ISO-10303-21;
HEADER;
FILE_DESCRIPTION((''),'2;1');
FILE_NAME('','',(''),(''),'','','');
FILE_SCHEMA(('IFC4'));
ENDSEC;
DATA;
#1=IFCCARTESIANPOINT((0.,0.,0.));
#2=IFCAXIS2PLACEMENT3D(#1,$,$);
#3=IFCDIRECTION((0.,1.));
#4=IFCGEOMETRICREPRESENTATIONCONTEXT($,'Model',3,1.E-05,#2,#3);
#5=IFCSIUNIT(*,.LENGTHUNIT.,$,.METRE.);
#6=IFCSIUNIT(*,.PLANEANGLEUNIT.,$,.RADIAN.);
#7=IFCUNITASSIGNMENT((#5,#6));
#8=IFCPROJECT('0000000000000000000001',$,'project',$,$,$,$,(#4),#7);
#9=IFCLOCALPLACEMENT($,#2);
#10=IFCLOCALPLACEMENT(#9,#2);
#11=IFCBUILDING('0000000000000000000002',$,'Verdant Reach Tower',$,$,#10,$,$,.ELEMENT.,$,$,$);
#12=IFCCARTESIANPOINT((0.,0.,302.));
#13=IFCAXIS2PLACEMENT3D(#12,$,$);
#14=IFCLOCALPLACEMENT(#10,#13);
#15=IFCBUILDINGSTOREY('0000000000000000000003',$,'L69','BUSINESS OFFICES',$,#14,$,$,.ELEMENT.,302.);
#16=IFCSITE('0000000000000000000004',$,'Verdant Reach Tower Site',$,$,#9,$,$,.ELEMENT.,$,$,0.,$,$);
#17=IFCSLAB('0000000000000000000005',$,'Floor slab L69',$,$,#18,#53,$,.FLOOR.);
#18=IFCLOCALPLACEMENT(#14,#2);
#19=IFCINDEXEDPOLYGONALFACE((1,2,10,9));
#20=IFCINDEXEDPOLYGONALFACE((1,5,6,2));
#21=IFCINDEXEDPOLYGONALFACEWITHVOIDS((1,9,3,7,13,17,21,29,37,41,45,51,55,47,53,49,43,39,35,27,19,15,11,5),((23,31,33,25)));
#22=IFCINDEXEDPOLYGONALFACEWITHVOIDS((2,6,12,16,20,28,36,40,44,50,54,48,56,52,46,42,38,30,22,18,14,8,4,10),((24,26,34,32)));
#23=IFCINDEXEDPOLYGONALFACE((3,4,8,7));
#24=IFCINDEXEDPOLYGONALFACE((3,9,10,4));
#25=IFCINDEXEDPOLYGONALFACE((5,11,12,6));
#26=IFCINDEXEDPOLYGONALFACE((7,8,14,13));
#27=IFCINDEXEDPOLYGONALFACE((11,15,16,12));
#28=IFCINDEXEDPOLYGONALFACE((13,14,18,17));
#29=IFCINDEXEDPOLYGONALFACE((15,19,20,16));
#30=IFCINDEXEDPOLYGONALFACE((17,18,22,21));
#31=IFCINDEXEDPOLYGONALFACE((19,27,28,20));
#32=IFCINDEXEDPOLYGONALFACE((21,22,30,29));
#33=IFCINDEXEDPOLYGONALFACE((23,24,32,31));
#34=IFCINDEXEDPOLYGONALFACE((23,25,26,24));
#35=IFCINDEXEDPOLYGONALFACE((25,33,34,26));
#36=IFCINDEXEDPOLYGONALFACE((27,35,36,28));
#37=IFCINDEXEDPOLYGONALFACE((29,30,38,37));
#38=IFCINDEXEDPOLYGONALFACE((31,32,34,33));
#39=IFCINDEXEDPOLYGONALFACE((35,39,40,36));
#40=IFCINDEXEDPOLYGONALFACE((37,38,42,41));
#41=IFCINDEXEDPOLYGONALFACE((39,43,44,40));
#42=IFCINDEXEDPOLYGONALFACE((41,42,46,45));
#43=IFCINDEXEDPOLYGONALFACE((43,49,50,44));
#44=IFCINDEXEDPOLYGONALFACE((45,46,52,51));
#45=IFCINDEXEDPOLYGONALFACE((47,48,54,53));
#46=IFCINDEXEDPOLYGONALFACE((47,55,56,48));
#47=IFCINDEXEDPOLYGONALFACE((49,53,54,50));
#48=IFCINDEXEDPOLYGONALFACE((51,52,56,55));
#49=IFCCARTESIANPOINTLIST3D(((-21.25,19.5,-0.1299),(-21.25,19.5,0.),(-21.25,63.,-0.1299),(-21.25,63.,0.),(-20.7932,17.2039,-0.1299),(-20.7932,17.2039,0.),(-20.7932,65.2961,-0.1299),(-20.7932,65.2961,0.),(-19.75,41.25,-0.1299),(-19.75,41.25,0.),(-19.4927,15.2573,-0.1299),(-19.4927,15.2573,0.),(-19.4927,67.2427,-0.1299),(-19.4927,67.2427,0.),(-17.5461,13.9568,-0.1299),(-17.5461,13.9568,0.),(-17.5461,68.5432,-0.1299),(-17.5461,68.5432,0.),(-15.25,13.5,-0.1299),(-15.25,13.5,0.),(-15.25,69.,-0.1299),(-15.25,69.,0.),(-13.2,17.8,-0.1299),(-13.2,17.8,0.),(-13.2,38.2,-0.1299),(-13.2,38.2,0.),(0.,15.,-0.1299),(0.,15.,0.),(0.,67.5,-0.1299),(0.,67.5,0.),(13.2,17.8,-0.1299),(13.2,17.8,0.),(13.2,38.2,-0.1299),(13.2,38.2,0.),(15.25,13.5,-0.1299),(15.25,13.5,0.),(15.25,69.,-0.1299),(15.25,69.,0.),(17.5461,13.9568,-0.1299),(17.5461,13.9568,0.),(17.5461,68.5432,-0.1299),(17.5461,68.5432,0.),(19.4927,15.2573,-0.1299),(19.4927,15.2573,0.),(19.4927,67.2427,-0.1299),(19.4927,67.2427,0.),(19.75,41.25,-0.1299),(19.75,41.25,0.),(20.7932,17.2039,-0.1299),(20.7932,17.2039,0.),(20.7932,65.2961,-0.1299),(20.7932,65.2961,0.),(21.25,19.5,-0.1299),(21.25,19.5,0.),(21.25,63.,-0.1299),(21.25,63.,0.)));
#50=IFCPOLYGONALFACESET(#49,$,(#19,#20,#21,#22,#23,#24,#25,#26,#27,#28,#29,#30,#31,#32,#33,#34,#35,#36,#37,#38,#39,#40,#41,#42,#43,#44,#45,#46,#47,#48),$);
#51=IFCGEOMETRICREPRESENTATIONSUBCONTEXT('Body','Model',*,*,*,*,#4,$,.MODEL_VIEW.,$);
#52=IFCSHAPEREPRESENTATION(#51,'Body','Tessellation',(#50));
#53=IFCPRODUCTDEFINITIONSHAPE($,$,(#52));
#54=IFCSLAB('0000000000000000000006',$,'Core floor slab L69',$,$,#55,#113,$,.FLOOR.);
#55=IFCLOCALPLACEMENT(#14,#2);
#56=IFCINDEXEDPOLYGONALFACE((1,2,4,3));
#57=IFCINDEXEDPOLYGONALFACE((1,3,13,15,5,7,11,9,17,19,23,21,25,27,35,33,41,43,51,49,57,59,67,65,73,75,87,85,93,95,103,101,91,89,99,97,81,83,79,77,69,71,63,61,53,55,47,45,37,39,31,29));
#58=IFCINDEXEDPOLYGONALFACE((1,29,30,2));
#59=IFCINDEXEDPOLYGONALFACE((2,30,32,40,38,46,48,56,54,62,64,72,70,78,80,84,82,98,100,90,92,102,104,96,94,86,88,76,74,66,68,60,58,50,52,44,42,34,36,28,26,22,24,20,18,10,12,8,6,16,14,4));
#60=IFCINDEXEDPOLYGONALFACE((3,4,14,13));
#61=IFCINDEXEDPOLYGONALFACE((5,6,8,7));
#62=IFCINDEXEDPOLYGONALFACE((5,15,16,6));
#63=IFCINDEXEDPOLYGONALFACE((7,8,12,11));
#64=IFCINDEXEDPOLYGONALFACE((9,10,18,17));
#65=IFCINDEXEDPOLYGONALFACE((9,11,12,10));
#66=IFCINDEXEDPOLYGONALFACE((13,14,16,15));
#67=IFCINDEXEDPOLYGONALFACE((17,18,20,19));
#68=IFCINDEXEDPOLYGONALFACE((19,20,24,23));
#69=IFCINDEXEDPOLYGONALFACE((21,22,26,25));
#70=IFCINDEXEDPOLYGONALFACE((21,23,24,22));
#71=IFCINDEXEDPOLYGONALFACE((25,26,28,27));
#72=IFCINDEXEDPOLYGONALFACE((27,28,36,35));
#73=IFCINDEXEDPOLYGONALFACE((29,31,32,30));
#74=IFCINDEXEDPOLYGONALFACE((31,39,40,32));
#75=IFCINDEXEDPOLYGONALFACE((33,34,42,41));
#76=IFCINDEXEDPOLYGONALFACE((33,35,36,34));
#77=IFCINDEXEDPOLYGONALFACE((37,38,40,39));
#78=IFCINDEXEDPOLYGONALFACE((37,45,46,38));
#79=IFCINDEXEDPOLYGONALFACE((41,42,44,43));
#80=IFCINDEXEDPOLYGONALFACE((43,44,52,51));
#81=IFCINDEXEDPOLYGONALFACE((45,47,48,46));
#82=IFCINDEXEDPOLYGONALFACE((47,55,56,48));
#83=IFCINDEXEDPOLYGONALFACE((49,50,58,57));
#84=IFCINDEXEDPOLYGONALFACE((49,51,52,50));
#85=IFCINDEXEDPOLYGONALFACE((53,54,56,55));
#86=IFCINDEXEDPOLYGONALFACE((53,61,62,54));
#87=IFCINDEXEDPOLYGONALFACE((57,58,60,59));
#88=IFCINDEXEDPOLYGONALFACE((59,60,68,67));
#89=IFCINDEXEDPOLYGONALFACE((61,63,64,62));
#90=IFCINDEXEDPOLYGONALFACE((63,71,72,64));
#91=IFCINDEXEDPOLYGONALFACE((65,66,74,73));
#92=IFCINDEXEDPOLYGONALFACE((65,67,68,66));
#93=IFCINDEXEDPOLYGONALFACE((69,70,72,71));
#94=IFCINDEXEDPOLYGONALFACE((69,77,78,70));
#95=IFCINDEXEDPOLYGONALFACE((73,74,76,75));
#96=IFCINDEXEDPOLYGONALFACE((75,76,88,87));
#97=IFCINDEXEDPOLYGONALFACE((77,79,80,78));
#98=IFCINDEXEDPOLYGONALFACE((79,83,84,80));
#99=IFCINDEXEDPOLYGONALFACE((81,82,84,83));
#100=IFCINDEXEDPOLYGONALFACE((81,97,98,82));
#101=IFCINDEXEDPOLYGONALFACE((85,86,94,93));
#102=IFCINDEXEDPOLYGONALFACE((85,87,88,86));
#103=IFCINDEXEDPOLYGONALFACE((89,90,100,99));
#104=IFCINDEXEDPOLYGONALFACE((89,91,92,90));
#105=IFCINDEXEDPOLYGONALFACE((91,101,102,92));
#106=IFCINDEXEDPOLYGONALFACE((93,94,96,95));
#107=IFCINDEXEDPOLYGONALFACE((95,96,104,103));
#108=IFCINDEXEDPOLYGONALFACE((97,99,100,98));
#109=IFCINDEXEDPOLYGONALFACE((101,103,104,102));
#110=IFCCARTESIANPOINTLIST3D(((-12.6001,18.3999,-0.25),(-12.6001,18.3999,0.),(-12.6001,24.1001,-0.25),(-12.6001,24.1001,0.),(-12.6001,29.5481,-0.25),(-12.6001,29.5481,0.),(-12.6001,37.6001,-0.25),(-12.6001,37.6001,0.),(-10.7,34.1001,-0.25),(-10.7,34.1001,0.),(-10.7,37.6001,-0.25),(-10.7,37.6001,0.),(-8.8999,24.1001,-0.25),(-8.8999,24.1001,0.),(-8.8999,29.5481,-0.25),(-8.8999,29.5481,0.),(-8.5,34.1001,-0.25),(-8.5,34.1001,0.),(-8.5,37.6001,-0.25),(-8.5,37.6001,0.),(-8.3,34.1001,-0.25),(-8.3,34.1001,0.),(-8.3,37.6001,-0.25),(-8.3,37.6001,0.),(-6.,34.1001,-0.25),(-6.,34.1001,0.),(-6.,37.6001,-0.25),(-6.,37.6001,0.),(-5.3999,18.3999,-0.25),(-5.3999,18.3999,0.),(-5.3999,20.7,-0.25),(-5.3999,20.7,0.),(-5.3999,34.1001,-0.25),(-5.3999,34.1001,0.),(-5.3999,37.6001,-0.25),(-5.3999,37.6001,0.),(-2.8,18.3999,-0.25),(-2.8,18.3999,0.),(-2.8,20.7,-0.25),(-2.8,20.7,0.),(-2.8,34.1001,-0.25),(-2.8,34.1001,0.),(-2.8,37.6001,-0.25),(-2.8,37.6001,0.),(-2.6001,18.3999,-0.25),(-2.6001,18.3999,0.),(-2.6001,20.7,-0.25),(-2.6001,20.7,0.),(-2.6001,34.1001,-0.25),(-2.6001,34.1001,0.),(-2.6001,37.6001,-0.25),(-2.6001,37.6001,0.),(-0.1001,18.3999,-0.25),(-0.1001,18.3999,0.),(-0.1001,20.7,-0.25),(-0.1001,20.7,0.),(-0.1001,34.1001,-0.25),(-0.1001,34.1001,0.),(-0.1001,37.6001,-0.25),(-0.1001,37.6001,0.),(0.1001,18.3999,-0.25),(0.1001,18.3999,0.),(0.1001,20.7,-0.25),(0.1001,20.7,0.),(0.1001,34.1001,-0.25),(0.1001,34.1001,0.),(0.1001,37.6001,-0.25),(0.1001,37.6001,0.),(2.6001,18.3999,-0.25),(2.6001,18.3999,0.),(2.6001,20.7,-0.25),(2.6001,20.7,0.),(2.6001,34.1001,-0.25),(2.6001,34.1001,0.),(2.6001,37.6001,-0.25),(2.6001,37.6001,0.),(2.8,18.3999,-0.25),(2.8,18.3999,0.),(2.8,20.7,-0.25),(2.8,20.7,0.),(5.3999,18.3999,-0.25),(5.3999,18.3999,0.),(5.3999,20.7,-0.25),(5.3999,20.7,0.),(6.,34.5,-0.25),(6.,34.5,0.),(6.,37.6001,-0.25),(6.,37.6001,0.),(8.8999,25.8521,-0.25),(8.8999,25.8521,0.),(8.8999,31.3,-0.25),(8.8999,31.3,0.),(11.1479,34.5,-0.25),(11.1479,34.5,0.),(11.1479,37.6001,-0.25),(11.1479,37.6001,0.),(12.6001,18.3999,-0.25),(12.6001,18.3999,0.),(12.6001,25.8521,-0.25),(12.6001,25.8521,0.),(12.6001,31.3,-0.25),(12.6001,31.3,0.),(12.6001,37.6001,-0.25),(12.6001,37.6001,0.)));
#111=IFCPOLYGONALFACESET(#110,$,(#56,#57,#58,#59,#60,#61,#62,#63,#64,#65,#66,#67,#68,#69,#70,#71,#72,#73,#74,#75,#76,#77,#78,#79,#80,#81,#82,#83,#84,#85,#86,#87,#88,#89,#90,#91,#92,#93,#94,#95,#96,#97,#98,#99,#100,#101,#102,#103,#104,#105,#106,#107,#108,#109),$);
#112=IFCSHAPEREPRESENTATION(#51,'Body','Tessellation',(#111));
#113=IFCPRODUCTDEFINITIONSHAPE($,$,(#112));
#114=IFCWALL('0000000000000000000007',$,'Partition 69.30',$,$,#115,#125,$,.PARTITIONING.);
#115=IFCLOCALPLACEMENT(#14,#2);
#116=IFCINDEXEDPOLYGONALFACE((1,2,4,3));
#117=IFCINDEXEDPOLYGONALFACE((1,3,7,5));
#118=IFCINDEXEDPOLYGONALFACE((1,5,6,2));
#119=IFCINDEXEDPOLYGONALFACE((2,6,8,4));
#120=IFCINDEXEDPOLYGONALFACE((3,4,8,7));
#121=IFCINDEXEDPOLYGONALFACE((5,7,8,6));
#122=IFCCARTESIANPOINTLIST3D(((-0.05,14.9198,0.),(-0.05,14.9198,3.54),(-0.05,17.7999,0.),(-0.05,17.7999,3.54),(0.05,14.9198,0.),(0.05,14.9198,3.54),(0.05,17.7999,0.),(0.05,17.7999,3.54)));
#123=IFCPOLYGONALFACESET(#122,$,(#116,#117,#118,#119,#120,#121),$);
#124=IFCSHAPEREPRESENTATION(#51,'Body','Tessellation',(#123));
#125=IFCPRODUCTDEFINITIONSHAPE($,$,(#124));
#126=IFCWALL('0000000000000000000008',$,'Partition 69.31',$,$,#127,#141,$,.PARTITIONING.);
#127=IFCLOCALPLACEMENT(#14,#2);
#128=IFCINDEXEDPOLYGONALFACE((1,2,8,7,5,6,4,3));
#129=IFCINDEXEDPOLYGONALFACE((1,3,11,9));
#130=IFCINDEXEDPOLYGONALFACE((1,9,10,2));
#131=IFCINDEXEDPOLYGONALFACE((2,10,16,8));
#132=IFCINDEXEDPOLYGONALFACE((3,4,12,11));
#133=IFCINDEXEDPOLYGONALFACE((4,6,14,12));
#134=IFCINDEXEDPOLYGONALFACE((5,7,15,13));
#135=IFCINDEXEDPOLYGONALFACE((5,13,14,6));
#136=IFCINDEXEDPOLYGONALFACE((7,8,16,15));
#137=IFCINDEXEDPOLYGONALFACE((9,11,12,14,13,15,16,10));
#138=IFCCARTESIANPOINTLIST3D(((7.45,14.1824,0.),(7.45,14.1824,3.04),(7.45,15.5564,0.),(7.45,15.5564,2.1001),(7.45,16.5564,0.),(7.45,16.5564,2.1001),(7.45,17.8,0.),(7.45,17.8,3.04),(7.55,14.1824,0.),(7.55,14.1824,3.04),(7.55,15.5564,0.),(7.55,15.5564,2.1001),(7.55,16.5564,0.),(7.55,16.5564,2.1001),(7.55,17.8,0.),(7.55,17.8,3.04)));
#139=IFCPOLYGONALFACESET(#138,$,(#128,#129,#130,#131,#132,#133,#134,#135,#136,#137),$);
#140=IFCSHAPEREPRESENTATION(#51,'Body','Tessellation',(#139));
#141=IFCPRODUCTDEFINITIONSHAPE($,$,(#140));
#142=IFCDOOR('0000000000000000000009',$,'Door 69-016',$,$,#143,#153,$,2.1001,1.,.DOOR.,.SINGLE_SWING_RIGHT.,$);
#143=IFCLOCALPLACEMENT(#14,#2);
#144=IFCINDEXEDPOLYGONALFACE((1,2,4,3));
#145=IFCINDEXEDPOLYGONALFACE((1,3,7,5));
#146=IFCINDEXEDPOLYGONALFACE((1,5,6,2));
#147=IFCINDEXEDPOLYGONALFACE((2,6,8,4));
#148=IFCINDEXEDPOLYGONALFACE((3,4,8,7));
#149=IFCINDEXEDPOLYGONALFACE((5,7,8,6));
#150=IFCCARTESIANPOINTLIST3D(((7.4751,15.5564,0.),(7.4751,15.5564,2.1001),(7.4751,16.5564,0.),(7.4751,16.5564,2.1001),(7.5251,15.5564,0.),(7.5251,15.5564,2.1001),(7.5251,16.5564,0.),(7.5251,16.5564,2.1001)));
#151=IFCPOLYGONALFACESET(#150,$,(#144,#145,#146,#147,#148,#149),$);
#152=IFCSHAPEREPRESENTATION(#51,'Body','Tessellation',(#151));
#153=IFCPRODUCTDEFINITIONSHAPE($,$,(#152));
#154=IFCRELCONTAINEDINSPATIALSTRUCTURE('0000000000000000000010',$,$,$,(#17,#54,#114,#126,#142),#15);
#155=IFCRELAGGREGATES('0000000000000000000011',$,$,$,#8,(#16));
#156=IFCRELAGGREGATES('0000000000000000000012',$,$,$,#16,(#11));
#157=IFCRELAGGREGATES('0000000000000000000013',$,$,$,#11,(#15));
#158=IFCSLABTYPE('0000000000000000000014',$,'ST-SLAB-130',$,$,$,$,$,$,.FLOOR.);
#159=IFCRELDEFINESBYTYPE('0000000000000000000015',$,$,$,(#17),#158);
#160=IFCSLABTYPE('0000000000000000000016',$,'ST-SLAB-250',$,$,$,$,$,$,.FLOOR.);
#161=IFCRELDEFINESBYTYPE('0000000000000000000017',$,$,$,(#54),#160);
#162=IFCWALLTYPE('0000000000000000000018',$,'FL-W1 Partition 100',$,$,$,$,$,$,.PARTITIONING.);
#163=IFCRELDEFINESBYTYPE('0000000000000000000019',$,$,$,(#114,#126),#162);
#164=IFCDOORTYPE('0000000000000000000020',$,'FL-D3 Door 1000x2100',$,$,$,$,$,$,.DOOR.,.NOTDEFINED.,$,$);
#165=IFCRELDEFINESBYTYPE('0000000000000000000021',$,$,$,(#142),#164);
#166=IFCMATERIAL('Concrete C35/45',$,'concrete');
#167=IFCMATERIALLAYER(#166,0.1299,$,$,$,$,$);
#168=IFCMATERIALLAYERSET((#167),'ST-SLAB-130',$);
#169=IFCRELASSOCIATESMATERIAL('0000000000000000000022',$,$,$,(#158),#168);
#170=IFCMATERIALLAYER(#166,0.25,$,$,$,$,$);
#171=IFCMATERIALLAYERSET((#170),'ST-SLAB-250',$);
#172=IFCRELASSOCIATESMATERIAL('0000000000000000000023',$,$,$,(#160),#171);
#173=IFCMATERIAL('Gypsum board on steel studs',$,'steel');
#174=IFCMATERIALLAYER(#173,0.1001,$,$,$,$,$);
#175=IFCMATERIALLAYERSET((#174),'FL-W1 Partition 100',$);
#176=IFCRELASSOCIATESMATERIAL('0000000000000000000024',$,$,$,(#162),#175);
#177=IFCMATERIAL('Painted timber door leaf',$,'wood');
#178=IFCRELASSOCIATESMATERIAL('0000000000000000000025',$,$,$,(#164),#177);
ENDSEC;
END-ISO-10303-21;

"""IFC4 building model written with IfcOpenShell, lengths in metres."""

from ifc_helpers import new_model, si_unit, direction, frame, frame_2d, origin, place, context, subcontext, project, spatial, polyline, rectangle, outline, extrude, material, layer, layer_set, type_object, element, fill, save


model = new_model("IFC4")

# Units and contexts
model_context = context("Model", 3, precision=1e-05, world=origin(), true_north=direction((0.0, 1.0)))
body_context = subcontext(model_context, "Body", "Model", "MODEL_VIEW")
ifc_project = project(units=[si_unit("LENGTHUNIT", "METRE"), si_unit("PLANEANGLEUNIT", "RADIAN")], contexts=[model_context])

# Site, building, storey
site_placement = place(None, origin())
site = spatial("IfcSite", under=ifc_project, at=site_placement, Name="Verdant Reach Tower Site", CompositionType="ELEMENT", RefElevation=0.0)
building_placement = place(site_placement, origin())
building = spatial("IfcBuilding", under=site, at=building_placement, Name="Verdant Reach Tower", CompositionType="ELEMENT")
storey_placement = place(building_placement, frame((0.0, 0.0, 302.0)))
storey = spatial("IfcBuildingStorey", under=building, at=storey_placement, Name="L69", Description="BUSINESS OFFICES", CompositionType="ELEMENT", Elevation=302.0)

# Slabs
ifc_material_1 = material(Name="Concrete C35/45", Category="concrete")
ifc_layer_1 = layer(ifc_material_1, 0.1299)
ifc_layer_set_1 = layer_set([ifc_layer_1], Name="ST-SLAB-130")
slab_type_1 = type_object("IfcSlabType", Name="ST-SLAB-130", PredefinedType="FLOOR", material=ifc_layer_set_1)
slab_1_placement = place(storey_placement, frame((0.0, 0.0, -0.1299)))
element("IfcSlab", 1, at=slab_1_placement, inside=storey, type_object=slab_type_1, Name="Floor slab L69", PredefinedType="FLOOR", context=body_context, shape_type="SweptSolid", body=[
    extrude(outline(polyline([(0.0, 15.0), (-15.25, 13.5), (-17.5461, 13.9568), (-19.4927, 15.2573), (-20.7932, 17.2039), (-21.25, 19.5), (-19.75, 41.25), (-21.25, 63.0), (-20.7932, 65.2961), (-19.4927, 67.2427), (-17.5461, 68.5432), (-15.25, 69.0), (0.0, 67.5), (15.25, 69.0), (17.5461, 68.5432), (19.4927, 67.2427), (20.7932, 65.2961), (21.25, 63.0), (19.75, 41.25), (21.25, 19.5), (20.7932, 17.2039), (19.4927, 15.2573), (17.5461, 13.9568), (15.25, 13.5), (0.0, 15.0)]), holes=[polyline([(13.2, 38.2), (-13.2, 38.2), (-13.2, 17.8), (13.2, 17.8), (13.2, 38.2)])]), origin(), (0.0, 0.0, 1.0), 0.1299),
])
ifc_layer_2 = layer(ifc_material_1, 0.25)
ifc_layer_set_2 = layer_set([ifc_layer_2], Name="ST-SLAB-250")
slab_type_2 = type_object("IfcSlabType", Name="ST-SLAB-250", PredefinedType="FLOOR", material=ifc_layer_set_2)
slab_2_placement = place(storey_placement, frame((0.0, 0.0, -0.25)))
element("IfcSlab", 2, at=slab_2_placement, inside=storey, type_object=slab_type_2, Name="Core floor slab L69", PredefinedType="FLOOR", context=body_context, shape_type="SweptSolid", body=[
    extrude(outline(polyline([(12.6001, 18.3999), (5.3999, 18.3999), (5.3999, 20.7), (2.8, 20.7), (2.8, 18.3999), (2.6001, 18.3999), (2.6001, 20.7), (0.1001, 20.7), (0.1001, 18.3999), (-0.1001, 18.3999), (-0.1001, 20.7), (-2.6001, 20.7), (-2.6001, 18.3999), (-2.8, 18.3999), (-2.8, 20.7), (-5.3999, 20.7), (-5.3999, 18.3999), (-12.6001, 18.3999), (-12.6001, 24.1001), (-8.8999, 24.1001), (-8.8999, 29.5481), (-12.6001, 29.5481), (-12.6001, 37.6001), (-10.7, 37.6001), (-10.7, 34.1001), (-8.5, 34.1001), (-8.5, 37.6001), (-8.3, 37.6001), (-8.3, 34.1001), (-6.0, 34.1001), (-6.0, 37.6001), (-5.3999, 37.6001), (-5.3999, 34.1001), (-2.8, 34.1001), (-2.8, 37.6001), (-2.6001, 37.6001), (-2.6001, 34.1001), (-0.1001, 34.1001), (-0.1001, 37.6001), (0.1001, 37.6001), (0.1001, 34.1001), (2.6001, 34.1001), (2.6001, 37.6001), (6.0, 37.6001), (6.0, 34.5), (11.1479, 34.5), (11.1479, 37.6001), (12.6001, 37.6001), (12.6001, 31.3), (8.8999, 31.3), (8.8999, 25.8521), (12.6001, 25.8521), (12.6001, 18.3999)])), origin(), (0.0, 0.0, 1.0), 0.25),
])

# Wall
ifc_material_2 = material(Name="Gypsum board on steel studs", Category="steel")
ifc_layer_3 = layer(ifc_material_2, 0.1001)
ifc_layer_set_3 = layer_set([ifc_layer_3], Name="FL-W1 Partition 100")
wall_type_1 = type_object("IfcWallType", Name="FL-W1 Partition 100", PredefinedType="PARTITIONING", material=ifc_layer_set_3)
wall_1_placement = place(storey_placement, frame((0.0, 14.9199, 0.0), z_axis=(0.0, 0.0, 1.0), x_axis=(0.0, 1.0, 0.0)))
element("IfcWall", 3, at=wall_1_placement, inside=storey, type_object=wall_type_1, Name="Partition 69.30", PredefinedType="PARTITIONING", context=body_context, shape_type="SweptSolid", body=[
    extrude(rectangle(XDim=2.8801, YDim=0.1001, at=frame_2d((1.4399, 0.0))), origin(), (0.0, 0.0, 1.0), 3.54),
])

# Wall, opening, door
wall_2_placement = place(storey_placement, frame((7.5, 14.1824, 0.0), z_axis=(0.0, 0.0, 1.0), x_axis=(0.0, 1.0, 0.0)))
wall_2 = element("IfcWall", 4, at=wall_2_placement, inside=storey, type_object=wall_type_1, Name="Partition 69.31", PredefinedType="PARTITIONING", context=body_context, shape_type="SweptSolid", body=[
    extrude(rectangle(XDim=3.6177, YDim=0.1001, at=frame_2d((1.8088, 0.0))), origin(), (0.0, 0.0, 1.0), 3.04),
])
opening_1_placement = place(wall_2_placement, frame((1.374, 0.0, 0.0)))
opening_1 = element("IfcOpeningElement", 5, at=opening_1_placement, cuts=wall_2, PredefinedType="OPENING", context=body_context, shape_type="SweptSolid", body=[
    extrude(rectangle(XDim=1.0, YDim=2.1001, at=frame_2d((0.5, 1.05))), frame((0.0, 0.0601, 0.0), z_axis=(0.0, -1.0, 0.0), x_axis=(1.0, 0.0, 0.0)), (0.0, 0.0, 1.0), 0.1201),
])
ifc_material_3 = material(Name="Painted timber door leaf", Category="wood")
door_type_1 = type_object("IfcDoorType", Name="FL-D3 Door 1000x2100", OperationType="NOTDEFINED", PredefinedType="DOOR", material=ifc_material_3)
door_1_placement = place(opening_1_placement, origin())
door_1 = element("IfcDoor", 6, at=door_1_placement, inside=storey, type_object=door_type_1, Name="Door 69-016", OperationType="SINGLE_SWING_RIGHT", OverallHeight=2.1001, OverallWidth=1.0, PredefinedType="DOOR", context=body_context, shape_type="SweptSolid", body=[
    extrude(rectangle(XDim=1.0, YDim=2.1001, at=frame_2d((0.5, 1.05))), frame((0.0, 0.0249, 0.0), z_axis=(0.0, -1.0, 0.0), x_axis=(1.0, 0.0, 0.0)), (0.0, 0.0, 1.0), 0.05),
])
fill(opening_1, door_1)

save(model, "model.ifc")
